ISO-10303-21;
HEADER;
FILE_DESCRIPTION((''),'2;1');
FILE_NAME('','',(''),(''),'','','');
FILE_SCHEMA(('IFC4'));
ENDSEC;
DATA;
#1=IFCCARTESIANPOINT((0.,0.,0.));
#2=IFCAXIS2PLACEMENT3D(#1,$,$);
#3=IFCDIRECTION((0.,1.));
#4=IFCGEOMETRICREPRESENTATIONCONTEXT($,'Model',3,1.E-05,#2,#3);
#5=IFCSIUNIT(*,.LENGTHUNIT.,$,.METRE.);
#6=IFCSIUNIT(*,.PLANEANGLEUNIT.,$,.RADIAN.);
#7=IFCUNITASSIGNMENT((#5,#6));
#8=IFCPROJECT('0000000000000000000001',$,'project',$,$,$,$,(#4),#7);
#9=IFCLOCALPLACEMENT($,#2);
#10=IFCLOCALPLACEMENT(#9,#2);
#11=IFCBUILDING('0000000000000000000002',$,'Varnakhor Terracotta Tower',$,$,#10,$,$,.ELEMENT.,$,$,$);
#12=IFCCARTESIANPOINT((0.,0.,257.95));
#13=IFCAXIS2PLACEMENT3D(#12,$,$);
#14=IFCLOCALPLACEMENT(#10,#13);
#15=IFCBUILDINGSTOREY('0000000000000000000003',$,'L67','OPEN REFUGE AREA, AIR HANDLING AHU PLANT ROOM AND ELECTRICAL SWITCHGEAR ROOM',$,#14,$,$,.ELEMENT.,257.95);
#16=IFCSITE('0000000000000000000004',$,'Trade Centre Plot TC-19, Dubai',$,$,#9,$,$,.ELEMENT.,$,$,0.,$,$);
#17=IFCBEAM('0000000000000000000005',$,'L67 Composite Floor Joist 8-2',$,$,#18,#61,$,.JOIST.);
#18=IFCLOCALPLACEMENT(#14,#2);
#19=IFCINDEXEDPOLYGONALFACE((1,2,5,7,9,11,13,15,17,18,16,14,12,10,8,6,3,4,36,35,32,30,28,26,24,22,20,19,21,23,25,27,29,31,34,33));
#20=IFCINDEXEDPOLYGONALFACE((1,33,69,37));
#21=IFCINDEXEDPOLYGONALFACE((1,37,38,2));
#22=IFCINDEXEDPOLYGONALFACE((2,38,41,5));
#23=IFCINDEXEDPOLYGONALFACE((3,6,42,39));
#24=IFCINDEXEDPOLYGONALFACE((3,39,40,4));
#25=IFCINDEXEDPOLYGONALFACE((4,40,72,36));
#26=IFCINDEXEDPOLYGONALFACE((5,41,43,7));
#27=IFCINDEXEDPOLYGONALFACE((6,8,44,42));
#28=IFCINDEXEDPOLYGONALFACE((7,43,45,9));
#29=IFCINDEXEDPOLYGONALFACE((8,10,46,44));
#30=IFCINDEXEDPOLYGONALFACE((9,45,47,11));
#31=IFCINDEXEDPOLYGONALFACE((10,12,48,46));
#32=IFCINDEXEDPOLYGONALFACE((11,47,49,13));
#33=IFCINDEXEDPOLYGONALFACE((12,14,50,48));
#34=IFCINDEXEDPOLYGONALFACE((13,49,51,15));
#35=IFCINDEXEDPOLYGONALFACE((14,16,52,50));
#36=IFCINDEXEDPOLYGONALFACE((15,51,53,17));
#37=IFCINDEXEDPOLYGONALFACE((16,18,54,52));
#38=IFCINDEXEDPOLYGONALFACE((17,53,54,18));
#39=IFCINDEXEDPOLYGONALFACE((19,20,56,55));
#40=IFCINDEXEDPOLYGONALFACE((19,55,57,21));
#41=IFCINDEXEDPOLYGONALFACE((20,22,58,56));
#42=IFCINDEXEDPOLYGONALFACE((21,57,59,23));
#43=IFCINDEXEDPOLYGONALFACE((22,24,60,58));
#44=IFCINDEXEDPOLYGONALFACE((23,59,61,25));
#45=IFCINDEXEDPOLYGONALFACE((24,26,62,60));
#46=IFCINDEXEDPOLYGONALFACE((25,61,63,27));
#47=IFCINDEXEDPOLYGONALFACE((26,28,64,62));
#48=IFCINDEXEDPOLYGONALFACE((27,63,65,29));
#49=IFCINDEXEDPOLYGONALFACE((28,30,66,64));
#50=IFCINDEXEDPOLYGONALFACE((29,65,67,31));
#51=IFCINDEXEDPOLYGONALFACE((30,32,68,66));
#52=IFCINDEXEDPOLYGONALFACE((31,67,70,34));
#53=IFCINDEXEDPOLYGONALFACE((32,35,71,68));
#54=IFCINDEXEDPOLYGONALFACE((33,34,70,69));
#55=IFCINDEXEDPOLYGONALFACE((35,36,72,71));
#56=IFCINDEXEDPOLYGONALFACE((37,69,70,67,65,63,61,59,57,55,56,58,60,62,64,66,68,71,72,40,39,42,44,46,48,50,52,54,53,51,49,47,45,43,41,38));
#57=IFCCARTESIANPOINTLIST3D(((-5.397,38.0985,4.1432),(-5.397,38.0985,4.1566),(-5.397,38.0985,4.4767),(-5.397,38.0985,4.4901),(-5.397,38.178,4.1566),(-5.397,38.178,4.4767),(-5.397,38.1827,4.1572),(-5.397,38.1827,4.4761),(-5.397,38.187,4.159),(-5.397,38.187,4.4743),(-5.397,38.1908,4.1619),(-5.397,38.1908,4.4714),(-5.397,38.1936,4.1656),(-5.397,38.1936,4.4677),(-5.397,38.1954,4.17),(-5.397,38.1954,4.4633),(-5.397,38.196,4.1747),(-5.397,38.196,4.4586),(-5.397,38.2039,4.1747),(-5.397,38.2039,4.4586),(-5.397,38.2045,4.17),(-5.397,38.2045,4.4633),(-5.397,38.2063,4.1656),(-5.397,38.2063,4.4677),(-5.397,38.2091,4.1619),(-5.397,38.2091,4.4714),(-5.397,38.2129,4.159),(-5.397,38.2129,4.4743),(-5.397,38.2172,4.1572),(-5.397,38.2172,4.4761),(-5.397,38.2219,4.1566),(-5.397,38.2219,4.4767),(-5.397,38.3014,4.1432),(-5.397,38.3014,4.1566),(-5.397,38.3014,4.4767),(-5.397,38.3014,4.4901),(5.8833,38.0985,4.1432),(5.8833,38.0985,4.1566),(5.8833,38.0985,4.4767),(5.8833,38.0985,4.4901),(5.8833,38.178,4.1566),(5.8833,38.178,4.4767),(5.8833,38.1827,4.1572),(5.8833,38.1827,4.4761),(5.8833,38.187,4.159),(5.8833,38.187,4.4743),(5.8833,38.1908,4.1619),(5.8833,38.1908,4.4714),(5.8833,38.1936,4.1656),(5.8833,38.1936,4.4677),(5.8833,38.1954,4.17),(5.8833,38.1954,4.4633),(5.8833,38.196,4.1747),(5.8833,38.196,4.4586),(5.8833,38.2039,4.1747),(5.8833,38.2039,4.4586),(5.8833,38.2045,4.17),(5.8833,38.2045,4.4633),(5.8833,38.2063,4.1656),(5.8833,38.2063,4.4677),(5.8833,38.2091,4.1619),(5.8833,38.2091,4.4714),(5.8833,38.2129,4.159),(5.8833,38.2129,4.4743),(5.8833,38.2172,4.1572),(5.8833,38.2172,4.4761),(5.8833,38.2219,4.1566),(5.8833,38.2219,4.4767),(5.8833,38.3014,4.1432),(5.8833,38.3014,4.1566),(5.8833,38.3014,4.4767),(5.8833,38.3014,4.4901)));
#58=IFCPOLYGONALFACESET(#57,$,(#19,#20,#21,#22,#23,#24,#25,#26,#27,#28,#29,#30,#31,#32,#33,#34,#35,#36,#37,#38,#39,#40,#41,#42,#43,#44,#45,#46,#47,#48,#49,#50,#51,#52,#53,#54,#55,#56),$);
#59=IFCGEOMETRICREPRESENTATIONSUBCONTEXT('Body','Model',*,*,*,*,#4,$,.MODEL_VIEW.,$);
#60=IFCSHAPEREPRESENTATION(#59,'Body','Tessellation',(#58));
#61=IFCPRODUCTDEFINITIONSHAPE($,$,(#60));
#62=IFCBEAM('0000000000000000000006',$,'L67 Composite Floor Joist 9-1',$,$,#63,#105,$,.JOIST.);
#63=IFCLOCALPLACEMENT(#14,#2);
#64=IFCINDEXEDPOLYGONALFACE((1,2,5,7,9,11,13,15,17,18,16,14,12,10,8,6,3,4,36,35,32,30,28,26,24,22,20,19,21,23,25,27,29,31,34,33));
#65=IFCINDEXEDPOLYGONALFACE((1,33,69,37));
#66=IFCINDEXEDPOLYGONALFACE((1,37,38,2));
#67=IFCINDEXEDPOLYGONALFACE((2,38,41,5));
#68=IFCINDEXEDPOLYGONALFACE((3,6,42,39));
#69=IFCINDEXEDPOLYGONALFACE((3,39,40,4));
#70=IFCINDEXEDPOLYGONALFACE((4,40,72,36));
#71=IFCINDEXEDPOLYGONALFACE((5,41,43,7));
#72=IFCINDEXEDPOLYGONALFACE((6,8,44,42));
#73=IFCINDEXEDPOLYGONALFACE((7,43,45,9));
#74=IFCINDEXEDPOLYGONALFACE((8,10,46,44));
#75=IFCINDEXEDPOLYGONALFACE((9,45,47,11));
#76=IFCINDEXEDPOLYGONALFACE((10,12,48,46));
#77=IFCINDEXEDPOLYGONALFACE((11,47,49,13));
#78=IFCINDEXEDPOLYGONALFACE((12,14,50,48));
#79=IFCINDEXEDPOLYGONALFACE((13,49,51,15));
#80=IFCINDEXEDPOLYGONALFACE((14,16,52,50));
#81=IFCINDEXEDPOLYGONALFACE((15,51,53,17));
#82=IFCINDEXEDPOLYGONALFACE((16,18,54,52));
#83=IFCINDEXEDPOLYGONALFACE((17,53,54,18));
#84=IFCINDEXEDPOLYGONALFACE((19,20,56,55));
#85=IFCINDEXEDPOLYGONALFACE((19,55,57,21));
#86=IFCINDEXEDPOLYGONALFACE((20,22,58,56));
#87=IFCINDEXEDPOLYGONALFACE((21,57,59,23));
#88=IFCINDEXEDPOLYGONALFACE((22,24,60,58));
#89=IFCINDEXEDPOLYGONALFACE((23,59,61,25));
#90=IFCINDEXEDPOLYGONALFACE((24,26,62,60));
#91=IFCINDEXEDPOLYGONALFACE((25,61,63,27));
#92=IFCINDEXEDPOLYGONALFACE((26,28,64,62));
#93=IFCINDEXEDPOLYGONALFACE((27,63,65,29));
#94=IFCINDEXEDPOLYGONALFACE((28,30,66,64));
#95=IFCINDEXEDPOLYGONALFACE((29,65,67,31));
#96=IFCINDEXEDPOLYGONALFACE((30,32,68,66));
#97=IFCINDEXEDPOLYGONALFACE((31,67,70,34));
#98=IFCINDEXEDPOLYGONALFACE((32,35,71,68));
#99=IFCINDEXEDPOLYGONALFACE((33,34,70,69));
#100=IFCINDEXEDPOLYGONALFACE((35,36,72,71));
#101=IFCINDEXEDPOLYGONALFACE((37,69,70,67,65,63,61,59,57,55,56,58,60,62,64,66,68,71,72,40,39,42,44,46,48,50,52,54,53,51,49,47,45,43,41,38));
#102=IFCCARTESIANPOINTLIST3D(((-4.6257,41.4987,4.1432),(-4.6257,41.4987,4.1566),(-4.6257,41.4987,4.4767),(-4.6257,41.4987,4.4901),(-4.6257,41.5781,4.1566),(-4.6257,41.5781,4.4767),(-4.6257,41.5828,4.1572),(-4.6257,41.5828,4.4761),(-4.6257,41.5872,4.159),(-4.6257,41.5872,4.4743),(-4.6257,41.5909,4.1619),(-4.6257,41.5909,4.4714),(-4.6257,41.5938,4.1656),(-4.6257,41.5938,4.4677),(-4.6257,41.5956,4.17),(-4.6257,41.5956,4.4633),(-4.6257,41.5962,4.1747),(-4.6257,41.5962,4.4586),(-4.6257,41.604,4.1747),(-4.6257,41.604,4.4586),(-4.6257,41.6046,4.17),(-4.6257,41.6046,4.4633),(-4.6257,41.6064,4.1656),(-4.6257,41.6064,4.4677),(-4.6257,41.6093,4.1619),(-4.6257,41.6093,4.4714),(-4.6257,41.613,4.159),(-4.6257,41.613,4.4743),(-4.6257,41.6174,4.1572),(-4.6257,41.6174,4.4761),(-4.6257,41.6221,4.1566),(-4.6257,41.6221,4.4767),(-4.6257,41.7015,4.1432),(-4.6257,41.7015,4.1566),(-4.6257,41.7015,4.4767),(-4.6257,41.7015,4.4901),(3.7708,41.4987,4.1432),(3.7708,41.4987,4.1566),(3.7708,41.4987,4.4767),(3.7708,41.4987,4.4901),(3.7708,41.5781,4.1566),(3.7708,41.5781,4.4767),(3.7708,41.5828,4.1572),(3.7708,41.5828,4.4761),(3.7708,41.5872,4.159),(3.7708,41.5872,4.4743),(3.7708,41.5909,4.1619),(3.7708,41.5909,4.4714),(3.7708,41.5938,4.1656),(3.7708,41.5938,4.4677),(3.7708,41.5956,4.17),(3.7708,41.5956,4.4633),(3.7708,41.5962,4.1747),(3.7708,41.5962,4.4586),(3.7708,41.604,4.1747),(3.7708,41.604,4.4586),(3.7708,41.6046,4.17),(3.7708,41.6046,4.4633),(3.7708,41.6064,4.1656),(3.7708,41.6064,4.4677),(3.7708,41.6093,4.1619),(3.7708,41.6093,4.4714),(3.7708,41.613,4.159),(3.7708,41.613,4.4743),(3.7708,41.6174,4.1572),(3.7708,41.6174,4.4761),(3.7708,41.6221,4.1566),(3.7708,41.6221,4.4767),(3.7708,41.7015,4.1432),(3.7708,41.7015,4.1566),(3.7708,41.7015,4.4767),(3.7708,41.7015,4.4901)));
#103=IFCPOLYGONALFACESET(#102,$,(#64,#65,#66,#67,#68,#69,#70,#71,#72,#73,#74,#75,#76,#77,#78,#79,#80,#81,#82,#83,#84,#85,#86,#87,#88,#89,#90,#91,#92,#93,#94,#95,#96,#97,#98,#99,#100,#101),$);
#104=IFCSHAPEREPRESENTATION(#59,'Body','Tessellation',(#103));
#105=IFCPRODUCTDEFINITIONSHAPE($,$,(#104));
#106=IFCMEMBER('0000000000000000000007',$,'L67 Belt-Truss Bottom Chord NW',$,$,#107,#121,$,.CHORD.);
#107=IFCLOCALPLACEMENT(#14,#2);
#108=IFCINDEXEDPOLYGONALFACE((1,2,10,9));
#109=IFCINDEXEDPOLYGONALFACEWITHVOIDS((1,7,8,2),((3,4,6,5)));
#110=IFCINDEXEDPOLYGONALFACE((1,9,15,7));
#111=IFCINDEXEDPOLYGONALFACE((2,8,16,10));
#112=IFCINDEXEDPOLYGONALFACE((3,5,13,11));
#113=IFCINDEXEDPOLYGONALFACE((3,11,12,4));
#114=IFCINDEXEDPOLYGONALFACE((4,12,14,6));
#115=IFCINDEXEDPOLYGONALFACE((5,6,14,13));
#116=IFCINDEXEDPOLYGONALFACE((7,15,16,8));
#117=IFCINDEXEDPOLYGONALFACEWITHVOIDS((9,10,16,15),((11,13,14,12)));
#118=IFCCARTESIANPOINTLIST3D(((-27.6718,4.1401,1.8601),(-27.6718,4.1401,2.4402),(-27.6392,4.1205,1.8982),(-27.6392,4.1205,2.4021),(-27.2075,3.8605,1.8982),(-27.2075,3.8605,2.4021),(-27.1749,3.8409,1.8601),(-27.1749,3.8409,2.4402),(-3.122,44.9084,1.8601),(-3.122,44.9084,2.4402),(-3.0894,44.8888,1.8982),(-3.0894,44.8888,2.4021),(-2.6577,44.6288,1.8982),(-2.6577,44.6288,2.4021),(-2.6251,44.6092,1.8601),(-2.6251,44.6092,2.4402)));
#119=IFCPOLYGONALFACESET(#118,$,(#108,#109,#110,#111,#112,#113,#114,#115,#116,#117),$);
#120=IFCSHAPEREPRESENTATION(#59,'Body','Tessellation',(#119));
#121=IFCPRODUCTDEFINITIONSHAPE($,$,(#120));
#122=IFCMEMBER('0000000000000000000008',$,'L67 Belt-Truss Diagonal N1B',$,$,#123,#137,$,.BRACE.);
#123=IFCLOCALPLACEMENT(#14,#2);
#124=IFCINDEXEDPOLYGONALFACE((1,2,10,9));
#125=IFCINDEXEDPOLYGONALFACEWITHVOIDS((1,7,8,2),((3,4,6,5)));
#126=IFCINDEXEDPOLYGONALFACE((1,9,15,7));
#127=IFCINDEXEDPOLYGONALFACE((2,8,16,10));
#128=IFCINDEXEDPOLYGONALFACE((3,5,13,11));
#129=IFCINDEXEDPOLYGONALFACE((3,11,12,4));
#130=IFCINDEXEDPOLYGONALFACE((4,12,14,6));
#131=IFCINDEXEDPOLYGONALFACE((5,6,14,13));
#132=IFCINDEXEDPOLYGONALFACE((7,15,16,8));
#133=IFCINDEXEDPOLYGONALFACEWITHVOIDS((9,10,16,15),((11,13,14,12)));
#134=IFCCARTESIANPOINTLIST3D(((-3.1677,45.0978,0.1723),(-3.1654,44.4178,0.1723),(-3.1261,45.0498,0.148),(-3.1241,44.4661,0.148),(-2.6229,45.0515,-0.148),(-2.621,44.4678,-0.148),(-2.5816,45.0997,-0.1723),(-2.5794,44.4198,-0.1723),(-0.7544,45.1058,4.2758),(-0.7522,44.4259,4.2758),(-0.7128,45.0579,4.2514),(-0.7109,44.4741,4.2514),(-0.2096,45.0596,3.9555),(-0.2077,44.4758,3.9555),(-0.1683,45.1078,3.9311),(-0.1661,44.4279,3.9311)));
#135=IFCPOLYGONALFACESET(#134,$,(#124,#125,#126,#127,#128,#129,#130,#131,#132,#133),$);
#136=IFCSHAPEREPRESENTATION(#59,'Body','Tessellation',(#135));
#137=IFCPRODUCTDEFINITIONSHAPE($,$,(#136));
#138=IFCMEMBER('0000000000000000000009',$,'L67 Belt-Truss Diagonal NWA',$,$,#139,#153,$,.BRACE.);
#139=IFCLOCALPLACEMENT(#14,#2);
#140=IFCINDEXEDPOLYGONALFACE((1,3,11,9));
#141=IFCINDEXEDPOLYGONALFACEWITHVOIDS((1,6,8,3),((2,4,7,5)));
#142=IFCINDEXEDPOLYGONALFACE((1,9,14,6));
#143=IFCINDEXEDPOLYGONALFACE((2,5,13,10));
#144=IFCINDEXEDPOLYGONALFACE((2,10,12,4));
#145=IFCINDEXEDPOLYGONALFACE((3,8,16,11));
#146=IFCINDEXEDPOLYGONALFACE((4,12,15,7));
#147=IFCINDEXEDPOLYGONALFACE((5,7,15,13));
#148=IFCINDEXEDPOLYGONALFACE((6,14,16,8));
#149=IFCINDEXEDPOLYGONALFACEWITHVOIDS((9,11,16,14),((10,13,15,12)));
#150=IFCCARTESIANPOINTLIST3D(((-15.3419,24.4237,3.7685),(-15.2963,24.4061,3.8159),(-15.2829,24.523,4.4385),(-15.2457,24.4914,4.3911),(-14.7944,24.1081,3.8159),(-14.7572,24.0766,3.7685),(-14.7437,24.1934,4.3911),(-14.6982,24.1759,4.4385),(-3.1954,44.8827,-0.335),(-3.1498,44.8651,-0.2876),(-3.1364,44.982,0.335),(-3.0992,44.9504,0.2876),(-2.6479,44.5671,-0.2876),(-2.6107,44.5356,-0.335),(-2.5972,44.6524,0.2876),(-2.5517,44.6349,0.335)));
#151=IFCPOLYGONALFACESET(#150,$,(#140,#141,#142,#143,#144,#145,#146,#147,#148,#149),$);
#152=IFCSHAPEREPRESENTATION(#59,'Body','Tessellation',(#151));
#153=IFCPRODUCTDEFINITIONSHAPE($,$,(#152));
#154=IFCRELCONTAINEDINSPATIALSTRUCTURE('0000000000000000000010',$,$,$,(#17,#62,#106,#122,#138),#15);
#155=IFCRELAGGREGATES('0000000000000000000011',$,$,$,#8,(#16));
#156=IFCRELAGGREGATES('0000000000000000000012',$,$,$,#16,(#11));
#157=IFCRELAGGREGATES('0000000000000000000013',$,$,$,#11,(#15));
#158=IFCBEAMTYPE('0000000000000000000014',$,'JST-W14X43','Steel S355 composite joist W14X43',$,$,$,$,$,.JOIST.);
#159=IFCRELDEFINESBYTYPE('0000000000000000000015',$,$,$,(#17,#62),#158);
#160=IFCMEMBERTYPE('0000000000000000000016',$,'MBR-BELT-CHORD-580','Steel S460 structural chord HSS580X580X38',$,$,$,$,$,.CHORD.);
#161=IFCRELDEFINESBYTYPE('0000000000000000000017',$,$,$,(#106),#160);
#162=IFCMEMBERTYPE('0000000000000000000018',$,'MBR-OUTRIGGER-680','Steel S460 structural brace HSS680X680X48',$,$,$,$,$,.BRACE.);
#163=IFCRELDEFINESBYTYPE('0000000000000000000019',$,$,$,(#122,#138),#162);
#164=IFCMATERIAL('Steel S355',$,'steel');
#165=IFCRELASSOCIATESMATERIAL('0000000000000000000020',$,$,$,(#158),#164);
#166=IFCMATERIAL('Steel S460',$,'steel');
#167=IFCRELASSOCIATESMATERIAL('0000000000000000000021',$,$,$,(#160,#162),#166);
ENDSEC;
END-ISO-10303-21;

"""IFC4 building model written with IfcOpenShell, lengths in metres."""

from ifc_helpers import new_model, si_unit, direction, frame, origin, origin_2d, place, context, subcontext, project, spatial, hollow_rectangle, i_section, extrude, source, transform, mapped, material, material_profile, profile_set, type_object, element, save


model = new_model("IFC4")

# Units and contexts
model_context = context("Model", 3, precision=1e-05, world=origin(), true_north=direction((0.0, 1.0)))
body_context = subcontext(model_context, "Body", "Model", "MODEL_VIEW")
ifc_project = project(units=[si_unit("LENGTHUNIT", "METRE"), si_unit("PLANEANGLEUNIT", "RADIAN")], contexts=[model_context])

# Site, building, storey
site_placement = place(None, origin())
site = spatial("IfcSite", under=ifc_project, at=site_placement, Name="Trade Centre Plot TC-19, Dubai", CompositionType="ELEMENT", RefElevation=0.0)
building_placement = place(site_placement, origin())
building = spatial("IfcBuilding", under=site, at=building_placement, Name="Varnakhor Terracotta Tower", CompositionType="ELEMENT")
storey_placement = place(building_placement, frame((0.0, 0.0, 257.95)))
storey = spatial("IfcBuildingStorey", under=building, at=storey_placement, Name="L67", Description="OPEN REFUGE AREA, AIR HANDLING AHU PLANT ROOM AND ELECTRICAL SWITCHGEAR ROOM", CompositionType="ELEMENT", Elevation=257.95)

# Shared definitions
ifc_material_1 = material(Name="Steel S460", Category="steel")

# Beams
ifc_material_2 = material(Name="Steel S355", Category="steel")
ifc_material_profile_1 = material_profile(ifc_material_2, i_section(OverallWidth=0.2029, OverallDepth=0.3469, WebThickness=0.0078, FlangeThickness=0.0134, FilletRadius=0.0181, at=origin_2d()), Name="W14X43")
ifc_profile_set_1 = profile_set([ifc_material_profile_1], Name="Steel S355")
beam_type_1 = type_object("IfcBeamType", Name="JST-W14X43", Description="Steel S355 composite joist W14X43", PredefinedType="JOIST", material=ifc_profile_set_1)
shared_shape_1 = source(origin(), body_context, "Body", "SweptSolid", [
    extrude(i_section(OverallWidth=0.2029, OverallDepth=0.3469, WebThickness=0.0078, FlangeThickness=0.0134, FilletRadius=0.0181, at=origin_2d()), origin(), (0.0, 0.0, 1.0), 11.2803),
])
beam_1_placement = place(storey_placement, frame((-5.397, 38.2, 4.3167), z_axis=(1.0, 0.0, 0.0), x_axis=(0.0, 1.0, 0.0)))
element("IfcBeam", 1, at=beam_1_placement, inside=storey, type_object=beam_type_1, Name="L67 Composite Floor Joist 8-2", PredefinedType="JOIST", context=body_context, shape_type="MappedRepresentation", body=[
    mapped(shared_shape_1, transform((0.0, 0.0, 0.0), scale=1.0)),
])
shared_shape_2 = source(origin(), body_context, "Body", "SweptSolid", [
    extrude(i_section(OverallWidth=0.2029, OverallDepth=0.3469, WebThickness=0.0078, FlangeThickness=0.0134, FilletRadius=0.0181, at=origin_2d()), origin(), (0.0, 0.0, 1.0), 8.3965),
])
beam_2_placement = place(storey_placement, frame((-4.6257, 41.6001, 4.3167), z_axis=(1.0, 0.0, 0.0), x_axis=(0.0, 1.0, 0.0)))
element("IfcBeam", 2, at=beam_2_placement, inside=storey, type_object=beam_type_1, Name="L67 Composite Floor Joist 9-1", PredefinedType="JOIST", context=body_context, shape_type="MappedRepresentation", body=[
    mapped(shared_shape_2, transform((0.0, 0.0, 0.0), scale=1.0)),
])

# Members
ifc_material_profile_2 = material_profile(ifc_material_1, hollow_rectangle(XDim=0.5801, YDim=0.5801, WallThickness=0.0381, at=origin_2d()), Name="HSS580X580X38")
ifc_profile_set_2 = profile_set([ifc_material_profile_2], Name="Steel S460")
member_type_1 = type_object("IfcMemberType", Name="MBR-BELT-CHORD-580", Description="Steel S460 structural chord HSS580X580X38", PredefinedType="CHORD", material=ifc_profile_set_2)
shared_shape_3 = source(origin(), body_context, "Body", "SweptSolid", [
    extrude(hollow_rectangle(XDim=0.5801, YDim=0.5801, WallThickness=0.0381, at=origin_2d()), origin(), (0.0, 0.0, 1.0), 47.5894),
])
member_1_placement = place(storey_placement, frame((-2.8735, 44.7588, 2.1501), z_axis=(-0.515867, -0.856668, 0.0), x_axis=(0.856668, -0.515867, 0.0)))
element("IfcMember", 3, at=member_1_placement, inside=storey, type_object=member_type_1, Name="L67 Belt-Truss Bottom Chord NW", PredefinedType="CHORD", context=body_context, shape_type="MappedRepresentation", body=[
    mapped(shared_shape_3, transform((0.0, 0.0, 0.0), scale=1.0)),
])
ifc_material_profile_3 = material_profile(ifc_material_1, hollow_rectangle(XDim=0.6799, YDim=0.6799, WallThickness=0.0481, at=origin_2d()), Name="HSS680X680X48")
ifc_profile_set_3 = profile_set([ifc_material_profile_3], Name="Steel S460")
member_type_2 = type_object("IfcMemberType", Name="MBR-OUTRIGGER-680", Description="Steel S460 structural brace HSS680X680X48", PredefinedType="BRACE", material=ifc_profile_set_3)
shared_shape_4 = source(origin(), body_context, "Body", "SweptSolid", [
    extrude(hollow_rectangle(XDim=0.6799, YDim=0.6799, WallThickness=0.0481, at=origin_2d()), origin(), (0.0, 0.0, 1.0), 4.7605),
])
member_2_placement = place(storey_placement, frame((-2.8735, 44.7588, 0.0), z_axis=(0.506941, 0.001692, 0.861979), x_axis=(-0.003338, 0.999994, 0.0)))
element("IfcMember", 4, at=member_2_placement, inside=storey, type_object=member_type_2, Name="L67 Belt-Truss Diagonal N1B", PredefinedType="BRACE", context=body_context, shape_type="MappedRepresentation", body=[
    mapped(shared_shape_4, transform((0.0, 0.0, 0.0), scale=1.0)),
])
shared_shape_5 = source(origin(), body_context, "Body", "SweptSolid", [
    extrude(hollow_rectangle(XDim=0.6799, YDim=0.6799, WallThickness=0.0481, at=origin_2d()), origin(), (0.0, 0.0, 1.0), 24.1443),
])
member_3_placement = place(storey_placement, frame((-2.8735, 44.7588, 0.0), z_axis=(-0.503079, -0.847364, 0.169958), x_axis=(0.859874, -0.510507, 0.0)))
element("IfcMember", 5, at=member_3_placement, inside=storey, type_object=member_type_2, Name="L67 Belt-Truss Diagonal NWA", PredefinedType="BRACE", context=body_context, shape_type="MappedRepresentation", body=[
    mapped(shared_shape_5, transform((0.0, 0.0, 0.0), scale=1.0)),
])

save(model, "model.ifc")
